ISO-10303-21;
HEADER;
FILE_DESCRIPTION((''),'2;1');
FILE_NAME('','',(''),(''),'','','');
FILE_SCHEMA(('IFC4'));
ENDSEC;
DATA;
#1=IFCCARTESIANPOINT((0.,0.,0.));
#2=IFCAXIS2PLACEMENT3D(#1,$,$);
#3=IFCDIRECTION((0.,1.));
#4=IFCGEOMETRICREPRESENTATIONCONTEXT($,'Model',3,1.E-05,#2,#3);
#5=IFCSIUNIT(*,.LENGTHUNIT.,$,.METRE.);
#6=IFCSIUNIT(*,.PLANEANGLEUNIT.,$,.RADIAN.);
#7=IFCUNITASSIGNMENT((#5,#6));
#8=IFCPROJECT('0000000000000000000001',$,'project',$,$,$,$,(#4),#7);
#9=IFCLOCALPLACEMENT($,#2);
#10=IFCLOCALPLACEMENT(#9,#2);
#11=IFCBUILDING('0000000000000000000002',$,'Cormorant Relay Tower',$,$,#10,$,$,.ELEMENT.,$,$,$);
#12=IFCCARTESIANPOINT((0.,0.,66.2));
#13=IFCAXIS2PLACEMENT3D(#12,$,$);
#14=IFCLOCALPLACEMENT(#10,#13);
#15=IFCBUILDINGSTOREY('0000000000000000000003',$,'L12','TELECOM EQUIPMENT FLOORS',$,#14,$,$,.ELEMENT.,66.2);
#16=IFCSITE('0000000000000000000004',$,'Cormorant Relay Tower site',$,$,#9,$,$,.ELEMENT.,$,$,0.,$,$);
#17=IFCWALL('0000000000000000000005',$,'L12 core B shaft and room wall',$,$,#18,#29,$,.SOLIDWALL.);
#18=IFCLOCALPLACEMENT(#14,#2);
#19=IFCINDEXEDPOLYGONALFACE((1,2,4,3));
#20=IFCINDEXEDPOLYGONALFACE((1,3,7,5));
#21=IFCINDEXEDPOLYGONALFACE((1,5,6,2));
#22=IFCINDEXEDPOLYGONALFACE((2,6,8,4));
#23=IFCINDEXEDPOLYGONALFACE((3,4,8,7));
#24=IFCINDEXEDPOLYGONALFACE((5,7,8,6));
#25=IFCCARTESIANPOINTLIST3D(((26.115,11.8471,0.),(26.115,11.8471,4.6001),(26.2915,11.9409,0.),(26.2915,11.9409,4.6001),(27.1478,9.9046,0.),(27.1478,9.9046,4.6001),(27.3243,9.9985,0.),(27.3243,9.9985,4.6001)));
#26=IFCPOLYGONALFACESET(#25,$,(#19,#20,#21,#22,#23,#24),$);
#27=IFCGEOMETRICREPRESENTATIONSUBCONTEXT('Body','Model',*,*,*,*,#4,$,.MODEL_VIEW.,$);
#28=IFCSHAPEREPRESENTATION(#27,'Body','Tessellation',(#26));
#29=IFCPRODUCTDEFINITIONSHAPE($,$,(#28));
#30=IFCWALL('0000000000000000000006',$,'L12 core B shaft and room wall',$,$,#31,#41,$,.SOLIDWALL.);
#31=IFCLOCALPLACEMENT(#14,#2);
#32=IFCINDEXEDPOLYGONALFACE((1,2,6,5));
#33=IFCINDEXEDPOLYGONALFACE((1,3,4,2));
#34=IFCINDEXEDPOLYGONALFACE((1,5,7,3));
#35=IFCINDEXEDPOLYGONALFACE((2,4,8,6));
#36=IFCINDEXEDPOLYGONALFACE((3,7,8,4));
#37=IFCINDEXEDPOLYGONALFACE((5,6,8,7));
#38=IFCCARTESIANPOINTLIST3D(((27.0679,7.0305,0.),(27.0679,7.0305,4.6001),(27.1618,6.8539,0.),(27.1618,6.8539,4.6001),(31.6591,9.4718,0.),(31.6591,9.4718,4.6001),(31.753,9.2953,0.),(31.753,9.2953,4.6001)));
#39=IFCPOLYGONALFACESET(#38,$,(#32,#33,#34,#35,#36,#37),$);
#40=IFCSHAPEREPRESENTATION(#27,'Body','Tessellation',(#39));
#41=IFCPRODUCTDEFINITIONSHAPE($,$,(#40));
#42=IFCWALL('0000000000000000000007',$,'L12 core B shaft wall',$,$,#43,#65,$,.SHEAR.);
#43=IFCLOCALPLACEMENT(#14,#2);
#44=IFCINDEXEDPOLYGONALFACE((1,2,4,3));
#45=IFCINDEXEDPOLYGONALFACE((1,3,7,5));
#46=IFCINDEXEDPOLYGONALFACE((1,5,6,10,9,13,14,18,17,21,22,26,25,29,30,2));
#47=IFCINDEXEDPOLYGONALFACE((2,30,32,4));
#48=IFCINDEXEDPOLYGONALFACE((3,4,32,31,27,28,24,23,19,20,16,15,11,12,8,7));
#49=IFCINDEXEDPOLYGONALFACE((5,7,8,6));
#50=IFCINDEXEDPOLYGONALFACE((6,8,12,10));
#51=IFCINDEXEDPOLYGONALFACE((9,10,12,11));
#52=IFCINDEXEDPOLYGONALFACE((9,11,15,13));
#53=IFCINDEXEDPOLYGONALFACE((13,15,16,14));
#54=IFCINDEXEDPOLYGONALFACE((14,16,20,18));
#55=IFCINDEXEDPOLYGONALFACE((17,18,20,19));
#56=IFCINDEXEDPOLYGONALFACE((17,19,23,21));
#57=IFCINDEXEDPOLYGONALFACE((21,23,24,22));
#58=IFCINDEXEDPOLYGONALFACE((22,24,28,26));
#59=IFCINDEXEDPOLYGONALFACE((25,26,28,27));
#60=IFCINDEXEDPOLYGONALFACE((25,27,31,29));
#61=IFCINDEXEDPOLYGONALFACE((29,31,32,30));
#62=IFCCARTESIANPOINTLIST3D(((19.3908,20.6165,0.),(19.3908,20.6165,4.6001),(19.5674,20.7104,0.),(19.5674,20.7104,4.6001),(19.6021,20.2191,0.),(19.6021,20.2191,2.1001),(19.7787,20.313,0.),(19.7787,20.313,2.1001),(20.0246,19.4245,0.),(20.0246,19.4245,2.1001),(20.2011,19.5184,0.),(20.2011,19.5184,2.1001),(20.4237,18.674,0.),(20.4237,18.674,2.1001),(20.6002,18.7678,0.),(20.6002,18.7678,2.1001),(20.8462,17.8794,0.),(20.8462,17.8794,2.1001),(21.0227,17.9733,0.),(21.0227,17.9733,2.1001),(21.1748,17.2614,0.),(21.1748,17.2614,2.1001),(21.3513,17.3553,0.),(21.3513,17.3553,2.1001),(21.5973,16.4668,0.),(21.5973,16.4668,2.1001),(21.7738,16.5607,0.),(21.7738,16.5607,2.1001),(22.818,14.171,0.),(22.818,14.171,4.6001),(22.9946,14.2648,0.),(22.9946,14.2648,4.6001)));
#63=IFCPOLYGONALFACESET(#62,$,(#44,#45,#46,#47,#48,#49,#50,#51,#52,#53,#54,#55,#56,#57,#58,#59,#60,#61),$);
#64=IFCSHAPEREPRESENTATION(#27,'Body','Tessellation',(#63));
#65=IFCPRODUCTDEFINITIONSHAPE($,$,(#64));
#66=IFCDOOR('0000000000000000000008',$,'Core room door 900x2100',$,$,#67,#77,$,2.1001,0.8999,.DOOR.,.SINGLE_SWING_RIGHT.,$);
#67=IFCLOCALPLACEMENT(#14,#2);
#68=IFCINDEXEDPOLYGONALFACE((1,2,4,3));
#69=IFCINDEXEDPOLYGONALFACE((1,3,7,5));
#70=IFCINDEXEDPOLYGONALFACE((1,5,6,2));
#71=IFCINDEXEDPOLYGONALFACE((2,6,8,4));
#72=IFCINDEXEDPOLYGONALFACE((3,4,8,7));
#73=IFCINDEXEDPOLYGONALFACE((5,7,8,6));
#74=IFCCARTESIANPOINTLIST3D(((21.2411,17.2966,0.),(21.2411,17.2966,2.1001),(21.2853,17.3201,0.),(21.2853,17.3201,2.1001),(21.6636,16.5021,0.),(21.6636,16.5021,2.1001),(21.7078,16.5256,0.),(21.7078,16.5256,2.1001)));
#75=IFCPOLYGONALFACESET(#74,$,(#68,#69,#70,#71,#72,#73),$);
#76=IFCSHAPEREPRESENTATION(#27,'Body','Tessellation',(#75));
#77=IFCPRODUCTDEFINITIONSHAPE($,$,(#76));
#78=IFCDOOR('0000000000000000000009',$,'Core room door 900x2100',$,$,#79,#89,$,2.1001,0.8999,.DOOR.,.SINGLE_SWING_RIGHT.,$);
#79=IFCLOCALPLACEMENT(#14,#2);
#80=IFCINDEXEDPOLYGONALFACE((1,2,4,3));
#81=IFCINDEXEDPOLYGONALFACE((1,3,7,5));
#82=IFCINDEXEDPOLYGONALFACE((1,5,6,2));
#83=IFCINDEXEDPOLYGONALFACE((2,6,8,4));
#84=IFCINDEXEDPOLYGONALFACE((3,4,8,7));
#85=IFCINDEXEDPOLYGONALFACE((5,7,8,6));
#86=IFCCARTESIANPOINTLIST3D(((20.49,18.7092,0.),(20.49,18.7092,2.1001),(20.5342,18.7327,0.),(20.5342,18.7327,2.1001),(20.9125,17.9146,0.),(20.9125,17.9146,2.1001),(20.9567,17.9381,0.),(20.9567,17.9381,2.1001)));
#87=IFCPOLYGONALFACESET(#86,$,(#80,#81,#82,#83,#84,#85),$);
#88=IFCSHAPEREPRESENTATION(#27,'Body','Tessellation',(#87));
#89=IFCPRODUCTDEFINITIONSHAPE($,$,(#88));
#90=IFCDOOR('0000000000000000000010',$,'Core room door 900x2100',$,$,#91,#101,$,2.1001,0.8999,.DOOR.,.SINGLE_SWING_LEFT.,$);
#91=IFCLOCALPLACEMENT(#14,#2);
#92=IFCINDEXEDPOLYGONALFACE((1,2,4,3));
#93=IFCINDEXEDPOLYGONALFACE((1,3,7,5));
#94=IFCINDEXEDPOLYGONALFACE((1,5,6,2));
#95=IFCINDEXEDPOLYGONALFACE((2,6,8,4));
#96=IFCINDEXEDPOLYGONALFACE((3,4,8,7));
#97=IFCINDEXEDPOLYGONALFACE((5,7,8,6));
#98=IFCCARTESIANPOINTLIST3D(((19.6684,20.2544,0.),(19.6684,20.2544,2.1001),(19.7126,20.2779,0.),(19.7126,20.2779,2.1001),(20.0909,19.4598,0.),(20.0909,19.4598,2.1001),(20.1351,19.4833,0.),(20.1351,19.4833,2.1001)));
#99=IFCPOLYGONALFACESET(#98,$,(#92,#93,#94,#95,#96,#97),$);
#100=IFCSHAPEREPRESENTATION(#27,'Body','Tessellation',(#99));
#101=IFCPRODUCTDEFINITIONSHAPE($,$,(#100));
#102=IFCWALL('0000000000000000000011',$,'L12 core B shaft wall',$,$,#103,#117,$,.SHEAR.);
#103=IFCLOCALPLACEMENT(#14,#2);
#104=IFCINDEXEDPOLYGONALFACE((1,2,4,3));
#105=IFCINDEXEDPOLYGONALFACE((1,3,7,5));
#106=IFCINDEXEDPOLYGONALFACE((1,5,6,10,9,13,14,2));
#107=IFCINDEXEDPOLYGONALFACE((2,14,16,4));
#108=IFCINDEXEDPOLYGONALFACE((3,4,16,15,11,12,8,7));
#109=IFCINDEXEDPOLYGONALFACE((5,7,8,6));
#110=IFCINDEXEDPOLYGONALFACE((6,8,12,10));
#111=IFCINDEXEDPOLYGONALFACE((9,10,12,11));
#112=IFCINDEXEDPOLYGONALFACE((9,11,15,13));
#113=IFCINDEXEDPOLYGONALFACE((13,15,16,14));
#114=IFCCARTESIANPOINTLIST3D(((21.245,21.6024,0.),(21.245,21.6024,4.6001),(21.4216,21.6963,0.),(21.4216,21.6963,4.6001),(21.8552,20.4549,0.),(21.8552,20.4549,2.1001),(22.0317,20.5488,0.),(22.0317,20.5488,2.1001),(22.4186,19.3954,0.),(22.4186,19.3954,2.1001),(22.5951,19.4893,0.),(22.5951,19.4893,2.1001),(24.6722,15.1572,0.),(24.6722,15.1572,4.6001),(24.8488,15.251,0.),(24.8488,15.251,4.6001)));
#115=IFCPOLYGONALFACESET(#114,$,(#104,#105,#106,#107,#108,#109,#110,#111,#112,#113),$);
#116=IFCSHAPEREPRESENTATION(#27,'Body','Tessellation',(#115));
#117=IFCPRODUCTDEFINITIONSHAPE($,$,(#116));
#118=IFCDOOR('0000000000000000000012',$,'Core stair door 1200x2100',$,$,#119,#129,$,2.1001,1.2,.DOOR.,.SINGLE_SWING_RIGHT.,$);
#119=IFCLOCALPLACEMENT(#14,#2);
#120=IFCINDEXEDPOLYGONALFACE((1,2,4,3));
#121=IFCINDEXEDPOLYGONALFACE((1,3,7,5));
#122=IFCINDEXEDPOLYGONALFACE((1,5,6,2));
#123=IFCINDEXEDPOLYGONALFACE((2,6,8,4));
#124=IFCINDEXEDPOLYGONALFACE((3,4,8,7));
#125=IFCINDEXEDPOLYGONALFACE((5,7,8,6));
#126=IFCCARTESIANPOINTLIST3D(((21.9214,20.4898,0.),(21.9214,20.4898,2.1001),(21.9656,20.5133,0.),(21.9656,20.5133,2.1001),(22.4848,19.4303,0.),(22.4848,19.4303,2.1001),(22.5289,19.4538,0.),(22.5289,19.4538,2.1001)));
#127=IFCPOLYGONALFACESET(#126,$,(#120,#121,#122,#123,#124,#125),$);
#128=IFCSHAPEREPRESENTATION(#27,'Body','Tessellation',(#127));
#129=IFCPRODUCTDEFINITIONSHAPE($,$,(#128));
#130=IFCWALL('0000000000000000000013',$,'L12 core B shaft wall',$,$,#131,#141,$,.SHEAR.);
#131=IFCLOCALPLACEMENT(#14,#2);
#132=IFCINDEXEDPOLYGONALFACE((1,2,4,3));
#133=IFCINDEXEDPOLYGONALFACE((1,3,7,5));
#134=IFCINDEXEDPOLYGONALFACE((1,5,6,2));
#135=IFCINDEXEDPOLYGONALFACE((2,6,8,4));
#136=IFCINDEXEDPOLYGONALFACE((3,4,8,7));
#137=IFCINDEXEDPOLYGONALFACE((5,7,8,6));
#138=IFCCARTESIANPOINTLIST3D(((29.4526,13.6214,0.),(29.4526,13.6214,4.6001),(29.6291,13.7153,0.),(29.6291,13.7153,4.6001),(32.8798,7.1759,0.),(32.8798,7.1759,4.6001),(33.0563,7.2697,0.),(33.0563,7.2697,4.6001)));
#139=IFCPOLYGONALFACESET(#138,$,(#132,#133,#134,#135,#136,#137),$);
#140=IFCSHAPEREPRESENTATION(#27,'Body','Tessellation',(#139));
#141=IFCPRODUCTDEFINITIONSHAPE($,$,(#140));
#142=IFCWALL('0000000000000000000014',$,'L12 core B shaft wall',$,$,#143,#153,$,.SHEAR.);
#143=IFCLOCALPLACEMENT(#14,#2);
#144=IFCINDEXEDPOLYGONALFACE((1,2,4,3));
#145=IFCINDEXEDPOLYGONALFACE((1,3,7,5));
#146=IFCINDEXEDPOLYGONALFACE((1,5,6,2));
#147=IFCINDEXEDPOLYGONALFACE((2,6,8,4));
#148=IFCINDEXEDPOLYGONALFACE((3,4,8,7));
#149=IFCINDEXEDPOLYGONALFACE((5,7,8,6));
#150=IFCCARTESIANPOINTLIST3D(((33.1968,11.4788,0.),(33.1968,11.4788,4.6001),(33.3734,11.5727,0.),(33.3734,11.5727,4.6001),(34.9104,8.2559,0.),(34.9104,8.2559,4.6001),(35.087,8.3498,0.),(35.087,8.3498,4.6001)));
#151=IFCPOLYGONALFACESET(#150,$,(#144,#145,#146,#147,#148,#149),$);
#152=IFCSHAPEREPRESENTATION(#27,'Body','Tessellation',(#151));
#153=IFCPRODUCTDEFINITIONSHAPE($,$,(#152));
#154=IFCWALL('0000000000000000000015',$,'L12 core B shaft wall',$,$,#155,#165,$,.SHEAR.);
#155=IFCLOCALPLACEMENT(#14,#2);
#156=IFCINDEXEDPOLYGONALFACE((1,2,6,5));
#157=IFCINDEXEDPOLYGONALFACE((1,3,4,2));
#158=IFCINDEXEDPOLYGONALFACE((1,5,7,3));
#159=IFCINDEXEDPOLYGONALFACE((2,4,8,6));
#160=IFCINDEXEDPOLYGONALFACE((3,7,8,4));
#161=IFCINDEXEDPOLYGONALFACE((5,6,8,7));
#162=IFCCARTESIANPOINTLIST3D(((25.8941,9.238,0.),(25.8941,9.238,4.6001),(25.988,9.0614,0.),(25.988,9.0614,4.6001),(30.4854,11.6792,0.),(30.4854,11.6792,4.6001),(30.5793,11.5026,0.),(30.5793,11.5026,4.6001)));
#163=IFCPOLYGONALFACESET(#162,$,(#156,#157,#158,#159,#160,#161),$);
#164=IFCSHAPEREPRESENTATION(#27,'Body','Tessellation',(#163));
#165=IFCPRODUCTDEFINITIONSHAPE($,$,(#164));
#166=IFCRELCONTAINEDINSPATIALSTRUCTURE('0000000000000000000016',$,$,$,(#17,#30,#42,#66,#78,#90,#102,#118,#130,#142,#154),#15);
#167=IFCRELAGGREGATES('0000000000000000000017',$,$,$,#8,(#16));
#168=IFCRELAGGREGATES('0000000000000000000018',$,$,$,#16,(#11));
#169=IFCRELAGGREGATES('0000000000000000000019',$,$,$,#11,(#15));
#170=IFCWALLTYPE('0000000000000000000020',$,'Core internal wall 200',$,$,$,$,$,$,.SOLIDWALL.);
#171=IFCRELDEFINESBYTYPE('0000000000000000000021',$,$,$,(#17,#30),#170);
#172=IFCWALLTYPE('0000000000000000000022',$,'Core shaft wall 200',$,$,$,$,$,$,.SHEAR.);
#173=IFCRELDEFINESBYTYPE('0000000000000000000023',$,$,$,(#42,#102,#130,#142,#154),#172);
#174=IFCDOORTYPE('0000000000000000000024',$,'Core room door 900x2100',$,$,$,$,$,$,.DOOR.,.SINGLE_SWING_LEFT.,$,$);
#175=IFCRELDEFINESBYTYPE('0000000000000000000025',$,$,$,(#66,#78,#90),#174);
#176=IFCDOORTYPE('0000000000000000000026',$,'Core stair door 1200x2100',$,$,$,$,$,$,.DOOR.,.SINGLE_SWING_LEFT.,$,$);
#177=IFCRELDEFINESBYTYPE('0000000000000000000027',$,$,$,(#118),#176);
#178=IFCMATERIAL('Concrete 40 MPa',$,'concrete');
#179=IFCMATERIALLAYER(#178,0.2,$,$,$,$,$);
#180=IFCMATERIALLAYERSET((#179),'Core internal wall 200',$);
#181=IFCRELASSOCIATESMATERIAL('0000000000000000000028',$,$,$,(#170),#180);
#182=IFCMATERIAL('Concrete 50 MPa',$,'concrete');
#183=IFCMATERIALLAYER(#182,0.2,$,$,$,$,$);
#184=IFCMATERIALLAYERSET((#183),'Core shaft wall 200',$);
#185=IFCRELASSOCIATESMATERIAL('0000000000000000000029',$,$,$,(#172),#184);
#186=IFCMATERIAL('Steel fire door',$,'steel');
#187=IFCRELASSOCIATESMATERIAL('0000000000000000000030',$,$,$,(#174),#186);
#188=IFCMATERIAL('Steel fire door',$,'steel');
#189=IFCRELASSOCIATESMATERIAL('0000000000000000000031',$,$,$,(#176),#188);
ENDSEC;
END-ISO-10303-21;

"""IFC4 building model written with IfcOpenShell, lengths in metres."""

from ifc_helpers import new_model, si_unit, direction, frame, frame_2d, origin, place, context, subcontext, project, spatial, rectangle, extrude, material, layer, layer_set, type_object, element, fill, save


model = new_model("IFC4")

# Units and contexts
model_context = context("Model", 3, precision=1e-05, world=origin(), true_north=direction((0.0, 1.0)))
body_context = subcontext(model_context, "Body", "Model", "MODEL_VIEW")
ifc_project = project(units=[si_unit("LENGTHUNIT", "METRE"), si_unit("PLANEANGLEUNIT", "RADIAN")], contexts=[model_context])

# Site, building, storey
site_placement = place(None, origin())
site = spatial("IfcSite", under=ifc_project, at=site_placement, Name="Cormorant Relay Tower site", CompositionType="ELEMENT", RefElevation=0.0)
building_placement = place(site_placement, origin())
building = spatial("IfcBuilding", under=site, at=building_placement, Name="Cormorant Relay Tower", CompositionType="ELEMENT")
storey_placement = place(building_placement, frame((0.0, 0.0, 66.2)))
storey = spatial("IfcBuildingStorey", under=building, at=storey_placement, Name="L12", Description="TELECOM EQUIPMENT FLOORS", CompositionType="ELEMENT", Elevation=66.2)

# Walls
ifc_material_1 = material(Name="Concrete 40 MPa", Category="concrete")
ifc_layer_1 = layer(ifc_material_1, 0.2)
ifc_layer_set_1 = layer_set([ifc_layer_1], Name="Core internal wall 200")
wall_type_1 = type_object("IfcWallType", Name="Core internal wall 200", PredefinedType="SOLIDWALL", material=ifc_layer_set_1)
wall_1_placement = place(storey_placement, frame((27.2361, 9.9514, 0.0), z_axis=(0.0, 0.0, 1.0), x_axis=(-0.469447, 0.88296, 0.0)))
element("IfcWall", 1, at=wall_1_placement, inside=storey, type_object=wall_type_1, Name="L12 core B shaft and room wall", PredefinedType="SOLIDWALL", context=body_context, shape_type="SweptSolid", body=[
    extrude(rectangle(XDim=2.2, YDim=0.2, at=frame_2d((1.1001, 0.0))), origin(), (0.0, 0.0, 1.0), 4.6001),
])
wall_2_placement = place(storey_placement, frame((27.1147, 6.9421, 0.0), z_axis=(0.0, 0.0, 1.0), x_axis=(0.882935, 0.469496, 0.0)))
element("IfcWall", 2, at=wall_2_placement, inside=storey, type_object=wall_type_1, Name="L12 core B shaft and room wall", PredefinedType="SOLIDWALL", context=body_context, shape_type="SweptSolid", body=[
    extrude(rectangle(XDim=5.2, YDim=0.2, at=frame_2d((2.6001, 0.0))), origin(), (0.0, 0.0, 1.0), 4.6001),
])

# Wall, openings, doors
ifc_material_2 = material(Name="Concrete 50 MPa", Category="concrete")
ifc_layer_2 = layer(ifc_material_2, 0.2)
ifc_layer_set_2 = layer_set([ifc_layer_2], Name="Core shaft wall 200")
wall_type_2 = type_object("IfcWallType", Name="Core shaft wall 200", PredefinedType="SHEAR", material=ifc_layer_set_2)
wall_3_placement = place(storey_placement, frame((22.9062, 14.218, 0.0), z_axis=(0.0, 0.0, 1.0), x_axis=(-0.46948, 0.882943, 0.0)))
wall_3 = element("IfcWall", 3, at=wall_3_placement, inside=storey, type_object=wall_type_2, Name="L12 core B shaft wall", PredefinedType="SHEAR", context=body_context, shape_type="SweptSolid", body=[
    extrude(rectangle(XDim=7.3, YDim=0.2, at=frame_2d((3.6499, 0.0))), origin(), (0.0, 0.0, 1.0), 4.6001),
])
opening_1_placement = place(wall_3_placement, frame((2.6001, 0.0, 0.0)))
opening_1 = element("IfcOpeningElement", 4, at=opening_1_placement, cuts=wall_3, PredefinedType="OPENING", context=body_context, shape_type="SweptSolid", body=[
    extrude(rectangle(XDim=0.8999, YDim=2.1001, at=frame_2d((0.45, 1.05))), frame((0.0, 0.1099, 0.0), z_axis=(0.0, -1.0, 0.0), x_axis=(1.0, 0.0, 0.0)), (0.0, 0.0, 1.0), 0.22),
])
opening_2_placement = place(wall_3_placement, frame((4.2, 0.0, 0.0)))
opening_2 = element("IfcOpeningElement", 5, at=opening_2_placement, cuts=wall_3, PredefinedType="OPENING", context=body_context, shape_type="SweptSolid", body=[
    extrude(rectangle(XDim=0.8999, YDim=2.1001, at=frame_2d((0.45, 1.05))), frame((0.0, 0.1099, 0.0), z_axis=(0.0, -1.0, 0.0), x_axis=(1.0, 0.0, 0.0)), (0.0, 0.0, 1.0), 0.22),
])
opening_3_placement = place(wall_3_placement, frame((5.95, 0.0, 0.0)))
opening_3 = element("IfcOpeningElement", 6, at=opening_3_placement, cuts=wall_3, PredefinedType="OPENING", context=body_context, shape_type="SweptSolid", body=[
    extrude(rectangle(XDim=0.8999, YDim=2.1001, at=frame_2d((0.45, 1.05))), frame((0.0, 0.1099, 0.0), z_axis=(0.0, -1.0, 0.0), x_axis=(1.0, 0.0, 0.0)), (0.0, 0.0, 1.0), 0.22),
])
ifc_material_3 = material(Name="Steel fire door", Category="steel")
door_type_1 = type_object("IfcDoorType", Name="Core room door 900x2100", OperationType="SINGLE_SWING_LEFT", PredefinedType="DOOR", material=ifc_material_3)
door_1_placement = place(opening_1_placement, origin())
door_1 = element("IfcDoor", 7, at=door_1_placement, inside=storey, type_object=door_type_1, Name="Core room door 900x2100", OperationType="SINGLE_SWING_RIGHT", OverallHeight=2.1001, OverallWidth=0.8999, PredefinedType="DOOR", context=body_context, shape_type="SweptSolid", body=[
    extrude(rectangle(XDim=0.8999, YDim=2.1001, at=frame_2d((0.45, 1.05))), frame((0.0, 0.0249, 0.0), z_axis=(0.0, -1.0, 0.0), x_axis=(1.0, 0.0, 0.0)), (0.0, 0.0, 1.0), 0.05),
])
fill(opening_1, door_1)
door_2_placement = place(opening_2_placement, origin())
door_2 = element("IfcDoor", 8, at=door_2_placement, inside=storey, type_object=door_type_1, Name="Core room door 900x2100", OperationType="SINGLE_SWING_RIGHT", OverallHeight=2.1001, OverallWidth=0.8999, PredefinedType="DOOR", context=body_context, shape_type="SweptSolid", body=[
    extrude(rectangle(XDim=0.8999, YDim=2.1001, at=frame_2d((0.45, 1.05))), frame((0.0, 0.0249, 0.0), z_axis=(0.0, -1.0, 0.0), x_axis=(1.0, 0.0, 0.0)), (0.0, 0.0, 1.0), 0.05),
])
fill(opening_2, door_2)
door_3_placement = place(opening_3_placement, origin())
door_3 = element("IfcDoor", 9, at=door_3_placement, inside=storey, type_object=door_type_1, Name="Core room door 900x2100", OperationType="SINGLE_SWING_LEFT", OverallHeight=2.1001, OverallWidth=0.8999, PredefinedType="DOOR", context=body_context, shape_type="SweptSolid", body=[
    extrude(rectangle(XDim=0.8999, YDim=2.1001, at=frame_2d((0.45, 1.05))), frame((0.0, 0.0249, 0.0), z_axis=(0.0, -1.0, 0.0), x_axis=(1.0, 0.0, 0.0)), (0.0, 0.0, 1.0), 0.05),
])
fill(opening_3, door_3)

# Wall, opening, door
wall_4_placement = place(storey_placement, frame((24.7605, 15.2041, 0.0), z_axis=(0.0, 0.0, 1.0), x_axis=(-0.469494, 0.882936, 0.0)))
wall_4 = element("IfcWall", 10, at=wall_4_placement, inside=storey, type_object=wall_type_2, Name="L12 core B shaft wall", PredefinedType="SHEAR", context=body_context, shape_type="SweptSolid", body=[
    extrude(rectangle(XDim=7.2998, YDim=0.2, at=frame_2d((3.6499, 0.0))), origin(), (0.0, 0.0, 1.0), 4.6001),
])
opening_4_placement = place(wall_4_placement, frame((4.8, 0.0, 0.0)))
opening_4 = element("IfcOpeningElement", 11, at=opening_4_placement, cuts=wall_4, PredefinedType="OPENING", context=body_context, shape_type="SweptSolid", body=[
    extrude(rectangle(XDim=1.2, YDim=2.1001, at=frame_2d((0.6001, 1.05))), frame((0.0, 0.1099, 0.0), z_axis=(0.0, -1.0, 0.0), x_axis=(1.0, 0.0, 0.0)), (0.0, 0.0, 1.0), 0.22),
])
ifc_material_4 = material(Name="Steel fire door", Category="steel")
door_type_2 = type_object("IfcDoorType", Name="Core stair door 1200x2100", OperationType="SINGLE_SWING_LEFT", PredefinedType="DOOR", material=ifc_material_4)
door_4_placement = place(opening_4_placement, frame((1.2, 0.0, 0.0), z_axis=(0.0, 0.0, 1.0), x_axis=(-1.0, 0.0, 0.0)))
door_4 = element("IfcDoor", 12, at=door_4_placement, inside=storey, type_object=door_type_2, Name="Core stair door 1200x2100", OperationType="SINGLE_SWING_RIGHT", OverallHeight=2.1001, OverallWidth=1.2, PredefinedType="DOOR", context=body_context, shape_type="SweptSolid", body=[
    extrude(rectangle(XDim=1.2, YDim=2.1001, at=frame_2d((0.6001, 1.05))), frame((0.0, 0.0249, 0.0), z_axis=(0.0, -1.0, 0.0), x_axis=(1.0, 0.0, 0.0)), (0.0, 0.0, 1.0), 0.05),
])
fill(opening_4, door_4)

# Walls
wall_5_placement = place(storey_placement, frame((32.968, 7.2229, 0.0), z_axis=(0.0, 0.0, 1.0), x_axis=(-0.46948, 0.882943, 0.0)))
element("IfcWall", 13, at=wall_5_placement, inside=storey, type_object=wall_type_2, Name="L12 core B shaft wall", PredefinedType="SHEAR", context=body_context, shape_type="SweptSolid", body=[
    extrude(rectangle(XDim=7.3, YDim=0.2, at=frame_2d((3.6499, 0.0))), origin(), (0.0, 0.0, 1.0), 4.6001),
])
wall_6_placement = place(storey_placement, frame((34.9988, 8.3027, 0.0), z_axis=(0.0, 0.0, 1.0), x_axis=(-0.469467, 0.88295, 0.0)))
element("IfcWall", 14, at=wall_6_placement, inside=storey, type_object=wall_type_2, Name="L12 core B shaft wall", PredefinedType="SHEAR", context=body_context, shape_type="SweptSolid", body=[
    extrude(rectangle(XDim=3.6501, YDim=0.2, at=frame_2d((1.8252, 0.0))), origin(), (0.0, 0.0, 1.0), 4.6001),
])

# Wall
wall_7_placement = place(storey_placement, frame((25.9409, 9.1497, 0.0), z_axis=(0.0, 0.0, 1.0), x_axis=(0.882954, 0.46946, 0.0)))
element("IfcWall", 15, at=wall_7_placement, inside=storey, type_object=wall_type_2, Name="L12 core B shaft wall", PredefinedType="SHEAR", context=body_context, shape_type="SweptSolid", body=[
    extrude(rectangle(XDim=5.2, YDim=0.2, at=frame_2d((2.6001, 0.0))), origin(), (0.0, 0.0, 1.0), 4.6001),
])

save(model, "model.ifc")
